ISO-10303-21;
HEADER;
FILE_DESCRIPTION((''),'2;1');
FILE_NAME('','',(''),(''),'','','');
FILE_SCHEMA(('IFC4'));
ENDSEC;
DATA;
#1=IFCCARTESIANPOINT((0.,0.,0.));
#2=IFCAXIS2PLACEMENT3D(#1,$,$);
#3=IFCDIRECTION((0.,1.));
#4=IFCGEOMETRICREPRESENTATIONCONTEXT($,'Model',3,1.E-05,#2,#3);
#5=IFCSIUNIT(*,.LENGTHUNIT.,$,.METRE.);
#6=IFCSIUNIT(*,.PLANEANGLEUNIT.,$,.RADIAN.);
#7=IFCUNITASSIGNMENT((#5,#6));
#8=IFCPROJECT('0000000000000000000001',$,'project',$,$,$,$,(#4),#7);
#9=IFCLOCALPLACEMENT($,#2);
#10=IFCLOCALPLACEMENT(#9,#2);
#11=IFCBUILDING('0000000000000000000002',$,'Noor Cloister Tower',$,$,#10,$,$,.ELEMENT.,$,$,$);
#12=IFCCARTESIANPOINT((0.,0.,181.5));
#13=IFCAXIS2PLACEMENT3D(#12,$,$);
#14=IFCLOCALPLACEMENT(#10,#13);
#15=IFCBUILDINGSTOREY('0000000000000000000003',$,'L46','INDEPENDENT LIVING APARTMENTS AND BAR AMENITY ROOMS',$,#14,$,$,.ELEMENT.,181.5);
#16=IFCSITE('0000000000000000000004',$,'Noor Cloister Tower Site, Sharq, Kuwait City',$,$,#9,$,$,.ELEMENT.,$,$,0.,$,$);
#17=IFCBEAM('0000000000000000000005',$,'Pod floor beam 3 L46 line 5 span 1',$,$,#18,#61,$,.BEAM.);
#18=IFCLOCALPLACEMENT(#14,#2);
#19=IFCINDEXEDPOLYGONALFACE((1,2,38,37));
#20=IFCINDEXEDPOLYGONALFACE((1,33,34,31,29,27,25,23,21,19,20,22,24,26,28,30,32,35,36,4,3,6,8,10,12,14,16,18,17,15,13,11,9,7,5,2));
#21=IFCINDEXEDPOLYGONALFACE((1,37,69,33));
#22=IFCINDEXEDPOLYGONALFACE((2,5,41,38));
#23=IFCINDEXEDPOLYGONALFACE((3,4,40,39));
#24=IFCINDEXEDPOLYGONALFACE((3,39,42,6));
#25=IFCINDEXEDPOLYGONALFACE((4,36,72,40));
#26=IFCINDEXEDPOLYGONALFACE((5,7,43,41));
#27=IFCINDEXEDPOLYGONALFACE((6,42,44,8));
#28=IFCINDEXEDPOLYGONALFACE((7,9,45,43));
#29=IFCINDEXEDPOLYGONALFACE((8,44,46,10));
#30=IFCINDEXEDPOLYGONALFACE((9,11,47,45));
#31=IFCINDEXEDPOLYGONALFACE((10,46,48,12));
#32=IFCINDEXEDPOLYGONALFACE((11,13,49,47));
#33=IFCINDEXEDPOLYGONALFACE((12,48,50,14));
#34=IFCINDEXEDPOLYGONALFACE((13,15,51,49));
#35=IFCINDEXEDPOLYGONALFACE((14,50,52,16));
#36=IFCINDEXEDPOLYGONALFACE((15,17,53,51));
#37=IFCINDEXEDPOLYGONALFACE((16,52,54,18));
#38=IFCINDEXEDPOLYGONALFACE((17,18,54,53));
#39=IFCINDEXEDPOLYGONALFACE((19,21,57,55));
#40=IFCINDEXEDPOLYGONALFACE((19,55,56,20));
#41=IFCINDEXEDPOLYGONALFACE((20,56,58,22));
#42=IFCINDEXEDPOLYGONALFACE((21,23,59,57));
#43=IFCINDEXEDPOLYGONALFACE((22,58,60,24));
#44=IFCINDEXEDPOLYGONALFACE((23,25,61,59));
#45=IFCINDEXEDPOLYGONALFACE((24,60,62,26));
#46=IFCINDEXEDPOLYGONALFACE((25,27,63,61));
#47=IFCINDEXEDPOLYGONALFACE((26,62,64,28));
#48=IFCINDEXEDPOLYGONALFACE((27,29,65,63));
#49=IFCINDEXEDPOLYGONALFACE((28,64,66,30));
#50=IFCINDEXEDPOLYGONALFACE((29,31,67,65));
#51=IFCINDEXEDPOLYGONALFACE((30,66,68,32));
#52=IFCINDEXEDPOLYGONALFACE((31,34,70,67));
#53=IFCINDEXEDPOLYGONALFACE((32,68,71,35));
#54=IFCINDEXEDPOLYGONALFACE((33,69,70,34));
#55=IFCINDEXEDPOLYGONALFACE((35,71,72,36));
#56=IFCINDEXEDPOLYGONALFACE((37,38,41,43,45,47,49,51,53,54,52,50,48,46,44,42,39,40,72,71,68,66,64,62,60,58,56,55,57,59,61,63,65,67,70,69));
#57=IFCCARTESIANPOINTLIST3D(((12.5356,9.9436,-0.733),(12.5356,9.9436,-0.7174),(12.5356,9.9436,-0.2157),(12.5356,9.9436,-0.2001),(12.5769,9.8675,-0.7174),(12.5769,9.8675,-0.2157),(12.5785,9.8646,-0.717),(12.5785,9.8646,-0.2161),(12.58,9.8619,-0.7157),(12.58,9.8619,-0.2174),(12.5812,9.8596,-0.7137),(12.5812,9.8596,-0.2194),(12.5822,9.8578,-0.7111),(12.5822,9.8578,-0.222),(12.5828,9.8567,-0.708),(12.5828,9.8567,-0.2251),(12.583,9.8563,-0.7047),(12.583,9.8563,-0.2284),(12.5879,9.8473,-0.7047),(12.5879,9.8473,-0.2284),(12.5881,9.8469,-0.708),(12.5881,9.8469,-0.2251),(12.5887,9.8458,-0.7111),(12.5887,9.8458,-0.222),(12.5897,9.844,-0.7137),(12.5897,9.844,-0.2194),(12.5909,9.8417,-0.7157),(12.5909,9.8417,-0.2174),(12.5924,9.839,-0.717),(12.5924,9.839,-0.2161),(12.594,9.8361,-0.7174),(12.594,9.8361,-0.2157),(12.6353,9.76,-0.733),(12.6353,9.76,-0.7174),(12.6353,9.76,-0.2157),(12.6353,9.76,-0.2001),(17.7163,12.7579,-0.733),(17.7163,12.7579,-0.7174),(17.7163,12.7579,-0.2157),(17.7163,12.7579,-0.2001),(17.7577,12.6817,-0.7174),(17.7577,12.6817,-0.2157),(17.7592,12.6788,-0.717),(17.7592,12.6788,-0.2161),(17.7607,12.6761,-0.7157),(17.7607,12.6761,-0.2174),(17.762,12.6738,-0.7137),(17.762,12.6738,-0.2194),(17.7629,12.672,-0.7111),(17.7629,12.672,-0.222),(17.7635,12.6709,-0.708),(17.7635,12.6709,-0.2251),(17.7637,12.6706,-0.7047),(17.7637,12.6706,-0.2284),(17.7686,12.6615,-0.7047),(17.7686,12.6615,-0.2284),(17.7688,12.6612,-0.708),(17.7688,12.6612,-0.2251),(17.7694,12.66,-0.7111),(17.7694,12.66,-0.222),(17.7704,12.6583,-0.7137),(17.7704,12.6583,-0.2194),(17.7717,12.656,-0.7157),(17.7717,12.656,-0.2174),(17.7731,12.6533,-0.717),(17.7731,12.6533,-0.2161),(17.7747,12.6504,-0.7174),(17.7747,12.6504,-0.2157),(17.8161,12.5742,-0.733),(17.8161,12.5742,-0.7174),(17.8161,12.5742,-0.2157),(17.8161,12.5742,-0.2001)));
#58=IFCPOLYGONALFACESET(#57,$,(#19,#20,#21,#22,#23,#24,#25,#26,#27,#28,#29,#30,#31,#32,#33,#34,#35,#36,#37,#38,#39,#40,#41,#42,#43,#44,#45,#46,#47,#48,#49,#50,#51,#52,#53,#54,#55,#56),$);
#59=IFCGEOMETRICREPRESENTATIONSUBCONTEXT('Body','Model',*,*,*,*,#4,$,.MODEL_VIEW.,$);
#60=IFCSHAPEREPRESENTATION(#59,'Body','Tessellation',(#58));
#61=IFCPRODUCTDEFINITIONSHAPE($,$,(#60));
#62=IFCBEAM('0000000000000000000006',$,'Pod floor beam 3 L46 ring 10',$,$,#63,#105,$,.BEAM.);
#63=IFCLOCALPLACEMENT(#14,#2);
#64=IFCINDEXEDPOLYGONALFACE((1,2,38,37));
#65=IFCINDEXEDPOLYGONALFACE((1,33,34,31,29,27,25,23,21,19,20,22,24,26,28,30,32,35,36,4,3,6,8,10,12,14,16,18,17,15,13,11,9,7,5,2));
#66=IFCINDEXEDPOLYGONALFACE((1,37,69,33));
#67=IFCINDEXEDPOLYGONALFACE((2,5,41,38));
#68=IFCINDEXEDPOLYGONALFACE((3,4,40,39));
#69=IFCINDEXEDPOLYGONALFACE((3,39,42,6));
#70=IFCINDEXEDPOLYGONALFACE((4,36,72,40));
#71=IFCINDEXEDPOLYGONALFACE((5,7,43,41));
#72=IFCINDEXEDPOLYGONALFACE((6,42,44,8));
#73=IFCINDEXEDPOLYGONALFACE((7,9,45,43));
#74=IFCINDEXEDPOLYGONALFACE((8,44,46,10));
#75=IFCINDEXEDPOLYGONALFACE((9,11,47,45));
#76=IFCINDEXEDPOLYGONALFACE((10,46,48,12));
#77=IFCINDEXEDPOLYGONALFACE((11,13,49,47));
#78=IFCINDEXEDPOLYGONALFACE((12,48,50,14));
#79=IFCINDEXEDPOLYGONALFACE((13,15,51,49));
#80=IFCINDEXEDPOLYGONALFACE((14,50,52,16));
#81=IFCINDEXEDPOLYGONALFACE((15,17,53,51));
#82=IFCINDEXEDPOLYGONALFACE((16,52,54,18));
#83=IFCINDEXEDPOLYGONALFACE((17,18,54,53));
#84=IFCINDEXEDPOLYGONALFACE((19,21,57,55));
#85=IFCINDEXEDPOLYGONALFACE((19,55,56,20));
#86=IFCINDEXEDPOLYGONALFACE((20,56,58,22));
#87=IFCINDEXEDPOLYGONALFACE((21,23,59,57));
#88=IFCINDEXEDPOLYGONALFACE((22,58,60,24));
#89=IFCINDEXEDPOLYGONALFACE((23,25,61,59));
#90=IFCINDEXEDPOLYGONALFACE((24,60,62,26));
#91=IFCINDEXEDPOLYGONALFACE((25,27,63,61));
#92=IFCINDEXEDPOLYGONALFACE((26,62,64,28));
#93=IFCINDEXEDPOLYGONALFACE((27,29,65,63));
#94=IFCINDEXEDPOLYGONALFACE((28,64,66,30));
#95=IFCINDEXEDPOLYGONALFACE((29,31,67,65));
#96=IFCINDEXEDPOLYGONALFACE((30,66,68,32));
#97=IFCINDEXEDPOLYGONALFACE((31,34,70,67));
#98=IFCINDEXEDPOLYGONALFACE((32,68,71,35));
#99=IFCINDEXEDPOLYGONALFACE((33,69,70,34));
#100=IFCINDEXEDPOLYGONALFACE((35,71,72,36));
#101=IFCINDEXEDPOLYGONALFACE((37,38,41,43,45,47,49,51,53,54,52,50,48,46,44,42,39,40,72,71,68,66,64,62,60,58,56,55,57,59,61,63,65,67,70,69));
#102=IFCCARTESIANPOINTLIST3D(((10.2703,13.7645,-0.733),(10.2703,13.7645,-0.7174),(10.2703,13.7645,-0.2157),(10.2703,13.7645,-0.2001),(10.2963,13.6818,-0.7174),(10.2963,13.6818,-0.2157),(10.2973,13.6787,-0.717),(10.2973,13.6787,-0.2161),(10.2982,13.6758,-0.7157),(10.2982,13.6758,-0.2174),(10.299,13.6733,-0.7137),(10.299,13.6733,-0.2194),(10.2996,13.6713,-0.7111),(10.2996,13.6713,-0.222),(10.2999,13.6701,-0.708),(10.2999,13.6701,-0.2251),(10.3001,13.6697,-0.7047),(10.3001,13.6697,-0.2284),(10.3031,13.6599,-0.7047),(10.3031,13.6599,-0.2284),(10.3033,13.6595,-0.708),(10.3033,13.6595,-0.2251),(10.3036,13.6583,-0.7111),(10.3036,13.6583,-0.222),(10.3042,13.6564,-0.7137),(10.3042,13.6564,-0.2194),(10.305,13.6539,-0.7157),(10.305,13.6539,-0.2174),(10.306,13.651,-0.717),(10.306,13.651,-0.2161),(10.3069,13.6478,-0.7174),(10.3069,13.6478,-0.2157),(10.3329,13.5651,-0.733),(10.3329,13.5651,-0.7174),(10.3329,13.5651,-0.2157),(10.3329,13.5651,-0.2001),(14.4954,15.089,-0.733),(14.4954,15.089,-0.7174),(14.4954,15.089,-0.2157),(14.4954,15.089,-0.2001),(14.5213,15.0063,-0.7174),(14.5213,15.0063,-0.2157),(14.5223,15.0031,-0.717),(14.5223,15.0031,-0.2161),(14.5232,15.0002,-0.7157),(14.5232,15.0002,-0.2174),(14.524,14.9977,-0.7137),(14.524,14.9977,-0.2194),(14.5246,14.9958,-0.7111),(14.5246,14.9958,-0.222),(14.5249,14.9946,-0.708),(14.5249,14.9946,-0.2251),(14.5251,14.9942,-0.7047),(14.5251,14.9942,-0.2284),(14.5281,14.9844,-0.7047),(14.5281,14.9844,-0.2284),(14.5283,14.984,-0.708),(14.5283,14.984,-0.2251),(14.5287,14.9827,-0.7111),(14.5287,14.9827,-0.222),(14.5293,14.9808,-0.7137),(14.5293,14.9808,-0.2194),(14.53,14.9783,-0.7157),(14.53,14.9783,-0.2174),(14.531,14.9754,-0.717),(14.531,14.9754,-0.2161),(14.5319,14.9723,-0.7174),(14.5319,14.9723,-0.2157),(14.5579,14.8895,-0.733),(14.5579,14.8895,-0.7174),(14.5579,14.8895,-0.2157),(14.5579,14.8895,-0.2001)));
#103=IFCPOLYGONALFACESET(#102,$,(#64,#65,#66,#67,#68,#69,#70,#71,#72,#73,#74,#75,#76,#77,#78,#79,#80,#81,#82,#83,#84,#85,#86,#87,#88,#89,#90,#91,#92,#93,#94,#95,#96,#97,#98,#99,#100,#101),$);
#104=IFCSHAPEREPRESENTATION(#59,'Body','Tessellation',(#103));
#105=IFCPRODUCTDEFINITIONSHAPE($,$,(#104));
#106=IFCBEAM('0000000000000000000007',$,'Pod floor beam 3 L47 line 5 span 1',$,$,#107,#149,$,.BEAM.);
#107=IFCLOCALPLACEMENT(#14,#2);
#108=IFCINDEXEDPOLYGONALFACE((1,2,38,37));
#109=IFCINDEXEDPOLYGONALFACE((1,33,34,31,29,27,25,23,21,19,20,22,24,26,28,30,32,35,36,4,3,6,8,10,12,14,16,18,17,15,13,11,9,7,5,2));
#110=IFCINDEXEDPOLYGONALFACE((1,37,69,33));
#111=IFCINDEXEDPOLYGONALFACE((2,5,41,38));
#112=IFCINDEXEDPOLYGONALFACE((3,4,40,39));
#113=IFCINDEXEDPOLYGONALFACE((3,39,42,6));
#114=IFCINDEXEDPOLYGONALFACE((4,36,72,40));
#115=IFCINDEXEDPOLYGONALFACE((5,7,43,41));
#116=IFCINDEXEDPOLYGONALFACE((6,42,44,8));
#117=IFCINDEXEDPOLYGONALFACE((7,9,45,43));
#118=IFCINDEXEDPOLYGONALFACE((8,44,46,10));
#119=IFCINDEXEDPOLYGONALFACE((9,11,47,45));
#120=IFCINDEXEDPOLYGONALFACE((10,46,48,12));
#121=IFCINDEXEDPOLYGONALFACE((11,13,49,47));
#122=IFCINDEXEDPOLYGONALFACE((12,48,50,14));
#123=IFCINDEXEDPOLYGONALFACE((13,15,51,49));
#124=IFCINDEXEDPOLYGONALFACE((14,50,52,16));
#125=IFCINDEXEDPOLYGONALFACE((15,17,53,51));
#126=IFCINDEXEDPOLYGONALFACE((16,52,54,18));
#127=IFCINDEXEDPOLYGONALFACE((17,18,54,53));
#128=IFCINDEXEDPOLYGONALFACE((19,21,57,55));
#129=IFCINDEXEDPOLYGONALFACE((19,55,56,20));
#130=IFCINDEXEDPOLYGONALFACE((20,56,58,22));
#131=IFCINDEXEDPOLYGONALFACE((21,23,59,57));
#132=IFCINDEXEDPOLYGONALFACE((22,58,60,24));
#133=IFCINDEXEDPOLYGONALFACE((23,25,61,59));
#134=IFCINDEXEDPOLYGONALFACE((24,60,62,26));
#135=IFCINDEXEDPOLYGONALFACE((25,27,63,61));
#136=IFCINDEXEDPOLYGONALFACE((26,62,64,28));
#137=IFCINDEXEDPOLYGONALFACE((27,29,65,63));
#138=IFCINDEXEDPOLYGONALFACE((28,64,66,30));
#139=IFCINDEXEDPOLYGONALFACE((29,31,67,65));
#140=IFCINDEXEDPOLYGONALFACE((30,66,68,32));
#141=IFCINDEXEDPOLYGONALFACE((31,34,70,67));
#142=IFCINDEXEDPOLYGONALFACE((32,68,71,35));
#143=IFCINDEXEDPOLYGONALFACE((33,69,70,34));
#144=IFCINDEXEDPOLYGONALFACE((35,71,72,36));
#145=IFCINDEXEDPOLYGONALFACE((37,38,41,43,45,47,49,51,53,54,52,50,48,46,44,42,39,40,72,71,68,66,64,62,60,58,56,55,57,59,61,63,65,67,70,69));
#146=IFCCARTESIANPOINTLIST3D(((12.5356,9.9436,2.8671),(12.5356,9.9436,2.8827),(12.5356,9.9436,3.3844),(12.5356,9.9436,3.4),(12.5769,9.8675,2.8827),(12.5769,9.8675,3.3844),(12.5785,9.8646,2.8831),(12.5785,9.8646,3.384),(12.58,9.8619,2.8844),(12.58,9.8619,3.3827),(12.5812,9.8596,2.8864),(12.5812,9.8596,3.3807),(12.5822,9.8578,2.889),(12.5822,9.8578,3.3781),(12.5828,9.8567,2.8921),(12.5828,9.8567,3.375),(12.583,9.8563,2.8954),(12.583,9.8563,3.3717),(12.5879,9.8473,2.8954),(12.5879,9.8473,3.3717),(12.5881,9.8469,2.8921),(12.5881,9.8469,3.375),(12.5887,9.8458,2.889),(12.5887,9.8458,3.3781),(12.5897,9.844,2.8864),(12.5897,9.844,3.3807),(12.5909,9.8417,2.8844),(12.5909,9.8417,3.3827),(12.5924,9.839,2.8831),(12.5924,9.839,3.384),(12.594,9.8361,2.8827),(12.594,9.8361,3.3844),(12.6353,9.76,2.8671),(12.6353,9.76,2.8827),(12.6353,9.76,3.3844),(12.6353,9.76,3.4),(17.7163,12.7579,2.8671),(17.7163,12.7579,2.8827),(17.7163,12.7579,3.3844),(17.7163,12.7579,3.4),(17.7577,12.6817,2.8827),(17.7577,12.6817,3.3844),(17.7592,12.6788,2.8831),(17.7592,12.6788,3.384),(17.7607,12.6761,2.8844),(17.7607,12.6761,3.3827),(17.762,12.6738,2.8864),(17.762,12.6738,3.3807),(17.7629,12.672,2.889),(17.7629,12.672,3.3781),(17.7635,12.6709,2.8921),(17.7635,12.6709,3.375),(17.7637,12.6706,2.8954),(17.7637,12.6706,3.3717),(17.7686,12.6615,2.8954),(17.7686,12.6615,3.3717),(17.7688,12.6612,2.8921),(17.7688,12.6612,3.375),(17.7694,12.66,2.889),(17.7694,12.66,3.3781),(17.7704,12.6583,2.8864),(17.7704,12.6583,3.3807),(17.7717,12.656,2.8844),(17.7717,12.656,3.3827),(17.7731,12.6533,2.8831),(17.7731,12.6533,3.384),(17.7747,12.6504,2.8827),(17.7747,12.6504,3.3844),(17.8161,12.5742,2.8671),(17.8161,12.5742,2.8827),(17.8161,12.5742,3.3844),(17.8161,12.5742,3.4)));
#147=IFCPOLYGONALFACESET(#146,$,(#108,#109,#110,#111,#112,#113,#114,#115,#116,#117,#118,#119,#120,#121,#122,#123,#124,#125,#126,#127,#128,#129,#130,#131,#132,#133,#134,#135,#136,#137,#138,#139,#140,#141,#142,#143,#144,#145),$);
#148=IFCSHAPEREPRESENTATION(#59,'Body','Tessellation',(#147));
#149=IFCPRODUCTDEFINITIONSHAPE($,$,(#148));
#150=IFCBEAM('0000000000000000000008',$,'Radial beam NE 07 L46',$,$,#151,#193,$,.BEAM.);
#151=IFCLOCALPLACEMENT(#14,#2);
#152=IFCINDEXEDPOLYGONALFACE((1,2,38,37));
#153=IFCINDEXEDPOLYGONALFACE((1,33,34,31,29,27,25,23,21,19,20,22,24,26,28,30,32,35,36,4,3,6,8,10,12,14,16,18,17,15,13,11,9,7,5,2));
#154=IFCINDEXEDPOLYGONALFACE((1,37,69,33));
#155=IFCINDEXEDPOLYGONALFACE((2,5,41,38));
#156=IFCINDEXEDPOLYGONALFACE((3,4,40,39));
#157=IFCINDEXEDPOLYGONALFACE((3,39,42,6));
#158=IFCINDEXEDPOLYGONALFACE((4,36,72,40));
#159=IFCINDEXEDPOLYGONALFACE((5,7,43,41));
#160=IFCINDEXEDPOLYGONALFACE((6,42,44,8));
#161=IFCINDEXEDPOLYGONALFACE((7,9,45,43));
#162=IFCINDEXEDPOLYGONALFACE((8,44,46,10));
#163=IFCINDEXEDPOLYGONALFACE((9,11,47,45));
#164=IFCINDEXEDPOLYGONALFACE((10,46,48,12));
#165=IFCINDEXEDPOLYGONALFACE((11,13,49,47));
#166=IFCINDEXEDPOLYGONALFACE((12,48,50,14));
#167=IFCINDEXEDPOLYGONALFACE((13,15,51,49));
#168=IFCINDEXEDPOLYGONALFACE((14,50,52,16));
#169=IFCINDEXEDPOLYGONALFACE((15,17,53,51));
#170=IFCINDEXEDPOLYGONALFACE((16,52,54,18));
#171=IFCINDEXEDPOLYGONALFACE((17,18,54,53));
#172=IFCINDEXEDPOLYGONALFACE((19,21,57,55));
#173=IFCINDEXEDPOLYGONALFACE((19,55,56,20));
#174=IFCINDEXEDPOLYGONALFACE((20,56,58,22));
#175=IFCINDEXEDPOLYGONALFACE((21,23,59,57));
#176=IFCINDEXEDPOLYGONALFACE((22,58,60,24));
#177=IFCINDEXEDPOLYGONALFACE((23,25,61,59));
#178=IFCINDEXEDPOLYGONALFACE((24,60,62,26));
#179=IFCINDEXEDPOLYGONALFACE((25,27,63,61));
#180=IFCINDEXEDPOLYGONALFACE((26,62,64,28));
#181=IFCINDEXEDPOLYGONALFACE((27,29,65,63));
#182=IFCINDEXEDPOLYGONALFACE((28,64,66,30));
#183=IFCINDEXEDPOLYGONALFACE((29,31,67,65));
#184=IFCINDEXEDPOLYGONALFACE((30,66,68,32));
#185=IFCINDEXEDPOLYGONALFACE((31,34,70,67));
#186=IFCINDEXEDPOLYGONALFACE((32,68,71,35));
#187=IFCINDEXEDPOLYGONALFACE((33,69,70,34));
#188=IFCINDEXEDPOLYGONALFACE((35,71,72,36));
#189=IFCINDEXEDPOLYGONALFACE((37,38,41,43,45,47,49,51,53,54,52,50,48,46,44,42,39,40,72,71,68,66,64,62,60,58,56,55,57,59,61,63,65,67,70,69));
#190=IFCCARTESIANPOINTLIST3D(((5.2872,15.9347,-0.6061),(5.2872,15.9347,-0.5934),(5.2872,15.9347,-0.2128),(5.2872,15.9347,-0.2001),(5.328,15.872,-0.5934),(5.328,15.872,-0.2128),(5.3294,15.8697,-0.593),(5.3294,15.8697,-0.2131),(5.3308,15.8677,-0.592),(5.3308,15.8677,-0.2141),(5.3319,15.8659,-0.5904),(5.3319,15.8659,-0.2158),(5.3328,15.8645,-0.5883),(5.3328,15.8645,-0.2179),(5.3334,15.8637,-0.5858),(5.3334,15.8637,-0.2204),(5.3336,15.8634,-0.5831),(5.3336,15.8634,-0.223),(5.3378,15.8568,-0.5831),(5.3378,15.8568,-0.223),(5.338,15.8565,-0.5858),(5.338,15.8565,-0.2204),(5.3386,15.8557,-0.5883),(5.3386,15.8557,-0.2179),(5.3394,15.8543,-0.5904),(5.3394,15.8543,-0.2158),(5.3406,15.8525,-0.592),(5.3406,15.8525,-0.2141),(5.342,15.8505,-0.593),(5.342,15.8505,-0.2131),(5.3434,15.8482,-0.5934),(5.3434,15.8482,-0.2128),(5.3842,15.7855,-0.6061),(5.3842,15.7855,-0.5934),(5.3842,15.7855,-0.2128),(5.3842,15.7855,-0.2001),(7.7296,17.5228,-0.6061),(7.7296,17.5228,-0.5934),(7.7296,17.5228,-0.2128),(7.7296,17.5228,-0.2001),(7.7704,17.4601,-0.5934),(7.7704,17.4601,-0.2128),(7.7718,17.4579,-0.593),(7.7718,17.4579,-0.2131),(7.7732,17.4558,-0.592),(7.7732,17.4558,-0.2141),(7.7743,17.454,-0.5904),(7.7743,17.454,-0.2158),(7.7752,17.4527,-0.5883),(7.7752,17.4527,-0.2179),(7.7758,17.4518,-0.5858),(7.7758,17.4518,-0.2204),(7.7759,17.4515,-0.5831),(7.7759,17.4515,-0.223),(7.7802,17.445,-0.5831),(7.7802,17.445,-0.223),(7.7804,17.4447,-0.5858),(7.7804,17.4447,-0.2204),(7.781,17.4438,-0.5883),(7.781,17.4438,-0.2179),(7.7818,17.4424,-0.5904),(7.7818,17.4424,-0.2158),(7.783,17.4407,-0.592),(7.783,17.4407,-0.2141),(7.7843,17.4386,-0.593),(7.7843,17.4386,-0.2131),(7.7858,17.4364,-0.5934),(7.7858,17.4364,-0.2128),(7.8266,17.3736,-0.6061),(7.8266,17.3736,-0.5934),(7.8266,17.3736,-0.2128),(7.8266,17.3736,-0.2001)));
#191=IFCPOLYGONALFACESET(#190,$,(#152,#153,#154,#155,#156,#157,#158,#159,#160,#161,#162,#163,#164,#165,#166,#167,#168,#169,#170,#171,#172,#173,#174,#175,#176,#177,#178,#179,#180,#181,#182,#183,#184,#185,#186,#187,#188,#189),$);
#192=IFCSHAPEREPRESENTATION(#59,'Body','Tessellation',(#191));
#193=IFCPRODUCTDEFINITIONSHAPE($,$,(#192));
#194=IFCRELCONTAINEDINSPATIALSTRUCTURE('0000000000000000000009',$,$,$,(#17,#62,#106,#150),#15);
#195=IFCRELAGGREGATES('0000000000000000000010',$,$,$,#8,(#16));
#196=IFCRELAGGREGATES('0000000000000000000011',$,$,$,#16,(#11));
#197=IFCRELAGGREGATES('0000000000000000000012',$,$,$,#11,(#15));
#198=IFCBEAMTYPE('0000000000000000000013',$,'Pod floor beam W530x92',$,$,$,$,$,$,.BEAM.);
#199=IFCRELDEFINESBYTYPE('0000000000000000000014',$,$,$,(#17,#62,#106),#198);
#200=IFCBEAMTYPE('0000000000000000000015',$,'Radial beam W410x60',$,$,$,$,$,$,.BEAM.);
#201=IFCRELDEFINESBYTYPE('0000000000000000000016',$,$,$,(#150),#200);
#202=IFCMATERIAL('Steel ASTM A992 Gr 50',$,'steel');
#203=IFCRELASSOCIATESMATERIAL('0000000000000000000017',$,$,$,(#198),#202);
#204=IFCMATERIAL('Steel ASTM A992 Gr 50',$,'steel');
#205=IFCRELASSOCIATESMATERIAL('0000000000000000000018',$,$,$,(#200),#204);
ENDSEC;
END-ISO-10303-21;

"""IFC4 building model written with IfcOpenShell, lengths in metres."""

from ifc_helpers import new_model, si_unit, direction, frame, origin, origin_2d, place, context, subcontext, project, spatial, i_section, extrude, material, material_profile, profile_set, type_object, element, save


model = new_model("IFC4")

# Units and contexts
model_context = context("Model", 3, precision=1e-05, world=origin(), true_north=direction((0.0, 1.0)))
body_context = subcontext(model_context, "Body", "Model", "MODEL_VIEW")
ifc_project = project(units=[si_unit("LENGTHUNIT", "METRE"), si_unit("PLANEANGLEUNIT", "RADIAN")], contexts=[model_context])

# Site, building, storey
site_placement = place(None, origin())
site = spatial("IfcSite", under=ifc_project, at=site_placement, Name="Noor Cloister Tower Site, Sharq, Kuwait City", CompositionType="ELEMENT", RefElevation=0.0)
building_placement = place(site_placement, origin())
building = spatial("IfcBuilding", under=site, at=building_placement, Name="Noor Cloister Tower", CompositionType="ELEMENT")
storey_placement = place(building_placement, frame((0.0, 0.0, 181.5)))
storey = spatial("IfcBuildingStorey", under=building, at=storey_placement, Name="L46", Description="INDEPENDENT LIVING APARTMENTS AND BAR AMENITY ROOMS", CompositionType="ELEMENT", Elevation=181.5)

# Beams
ifc_material_1 = material(Name="Steel ASTM A992 Gr 50", Category="steel")
ifc_material_profile_1 = material_profile(ifc_material_1, i_section(OverallWidth=0.209, OverallDepth=0.533, WebThickness=0.0103, FlangeThickness=0.0156, FilletRadius=0.0127, at=origin_2d()), Name="W530x92")
ifc_profile_set_1 = profile_set([ifc_material_profile_1], Name="Steel ASTM A992 Gr 50")
beam_type_1 = type_object("IfcBeamType", Name="Pod floor beam W530x92", PredefinedType="BEAM", material=ifc_profile_set_1)
beam_1_placement = place(storey_placement, frame((12.5854, 9.8518, -0.4666), z_axis=(0.878722, 0.477334, 0.0), x_axis=(-0.477334, 0.878722, 0.0)))
element("IfcBeam", 1, at=beam_1_placement, inside=storey, type_object=beam_type_1, Name="Pod floor beam 3 L46 line 5 span 1", PredefinedType="BEAM", context=body_context, shape_type="SweptSolid", body=[
    extrude(i_section(OverallWidth=0.209, OverallDepth=0.533, WebThickness=0.0103, FlangeThickness=0.0156, FilletRadius=0.0127, at=origin_2d()), origin(), (0.0, 0.0, 1.0), 5.8958),
])
beam_2_placement = place(storey_placement, frame((14.5266, 14.9893, -0.4666), z_axis=(-0.954215, -0.299123, 0.0), x_axis=(0.299123, -0.954215, 0.0)))
element("IfcBeam", 2, at=beam_2_placement, inside=storey, type_object=beam_type_1, Name="Pod floor beam 3 L46 ring 10", PredefinedType="BEAM", context=body_context, shape_type="SweptSolid", body=[
    extrude(i_section(OverallWidth=0.209, OverallDepth=0.533, WebThickness=0.0103, FlangeThickness=0.0156, FilletRadius=0.0127, at=origin_2d()), origin(), (0.0, 0.0, 1.0), 4.4277),
])
beam_3_placement = place(storey_placement, frame((12.5854, 9.8518, 3.1335), z_axis=(0.878722, 0.477334, 0.0), x_axis=(-0.477334, 0.878722, 0.0)))
element("IfcBeam", 3, at=beam_3_placement, inside=storey, type_object=beam_type_1, Name="Pod floor beam 3 L47 line 5 span 1", PredefinedType="BEAM", context=body_context, shape_type="SweptSolid", body=[
    extrude(i_section(OverallWidth=0.209, OverallDepth=0.533, WebThickness=0.0103, FlangeThickness=0.0156, FilletRadius=0.0127, at=origin_2d()), origin(), (0.0, 0.0, 1.0), 5.8958),
])
ifc_material_2 = material(Name="Steel ASTM A992 Gr 50", Category="steel")
ifc_material_profile_2 = material_profile(ifc_material_2, i_section(OverallWidth=0.178, OverallDepth=0.406, WebThickness=0.0078, FlangeThickness=0.0127, FilletRadius=0.0103, at=origin_2d()), Name="W410x60")
ifc_profile_set_2 = profile_set([ifc_material_profile_2], Name="Steel ASTM A992 Gr 50")
beam_type_2 = type_object("IfcBeamType", Name="Radial beam W410x60", PredefinedType="BEAM", material=ifc_profile_set_2)
beam_4_placement = place(storey_placement, frame((7.7781, 17.4482, -0.4031), z_axis=(-0.838352, -0.54513, 0.0), x_axis=(0.54513, -0.838352, 0.0)))
element("IfcBeam", 4, at=beam_4_placement, inside=storey, type_object=beam_type_2, Name="Radial beam NE 07 L46", PredefinedType="BEAM", context=body_context, shape_type="SweptSolid", body=[
    extrude(i_section(OverallWidth=0.178, OverallDepth=0.406, WebThickness=0.0078, FlangeThickness=0.0127, FilletRadius=0.0103, at=origin_2d()), origin(), (0.0, 0.0, 1.0), 2.9133),
])

save(model, "model.ifc")
